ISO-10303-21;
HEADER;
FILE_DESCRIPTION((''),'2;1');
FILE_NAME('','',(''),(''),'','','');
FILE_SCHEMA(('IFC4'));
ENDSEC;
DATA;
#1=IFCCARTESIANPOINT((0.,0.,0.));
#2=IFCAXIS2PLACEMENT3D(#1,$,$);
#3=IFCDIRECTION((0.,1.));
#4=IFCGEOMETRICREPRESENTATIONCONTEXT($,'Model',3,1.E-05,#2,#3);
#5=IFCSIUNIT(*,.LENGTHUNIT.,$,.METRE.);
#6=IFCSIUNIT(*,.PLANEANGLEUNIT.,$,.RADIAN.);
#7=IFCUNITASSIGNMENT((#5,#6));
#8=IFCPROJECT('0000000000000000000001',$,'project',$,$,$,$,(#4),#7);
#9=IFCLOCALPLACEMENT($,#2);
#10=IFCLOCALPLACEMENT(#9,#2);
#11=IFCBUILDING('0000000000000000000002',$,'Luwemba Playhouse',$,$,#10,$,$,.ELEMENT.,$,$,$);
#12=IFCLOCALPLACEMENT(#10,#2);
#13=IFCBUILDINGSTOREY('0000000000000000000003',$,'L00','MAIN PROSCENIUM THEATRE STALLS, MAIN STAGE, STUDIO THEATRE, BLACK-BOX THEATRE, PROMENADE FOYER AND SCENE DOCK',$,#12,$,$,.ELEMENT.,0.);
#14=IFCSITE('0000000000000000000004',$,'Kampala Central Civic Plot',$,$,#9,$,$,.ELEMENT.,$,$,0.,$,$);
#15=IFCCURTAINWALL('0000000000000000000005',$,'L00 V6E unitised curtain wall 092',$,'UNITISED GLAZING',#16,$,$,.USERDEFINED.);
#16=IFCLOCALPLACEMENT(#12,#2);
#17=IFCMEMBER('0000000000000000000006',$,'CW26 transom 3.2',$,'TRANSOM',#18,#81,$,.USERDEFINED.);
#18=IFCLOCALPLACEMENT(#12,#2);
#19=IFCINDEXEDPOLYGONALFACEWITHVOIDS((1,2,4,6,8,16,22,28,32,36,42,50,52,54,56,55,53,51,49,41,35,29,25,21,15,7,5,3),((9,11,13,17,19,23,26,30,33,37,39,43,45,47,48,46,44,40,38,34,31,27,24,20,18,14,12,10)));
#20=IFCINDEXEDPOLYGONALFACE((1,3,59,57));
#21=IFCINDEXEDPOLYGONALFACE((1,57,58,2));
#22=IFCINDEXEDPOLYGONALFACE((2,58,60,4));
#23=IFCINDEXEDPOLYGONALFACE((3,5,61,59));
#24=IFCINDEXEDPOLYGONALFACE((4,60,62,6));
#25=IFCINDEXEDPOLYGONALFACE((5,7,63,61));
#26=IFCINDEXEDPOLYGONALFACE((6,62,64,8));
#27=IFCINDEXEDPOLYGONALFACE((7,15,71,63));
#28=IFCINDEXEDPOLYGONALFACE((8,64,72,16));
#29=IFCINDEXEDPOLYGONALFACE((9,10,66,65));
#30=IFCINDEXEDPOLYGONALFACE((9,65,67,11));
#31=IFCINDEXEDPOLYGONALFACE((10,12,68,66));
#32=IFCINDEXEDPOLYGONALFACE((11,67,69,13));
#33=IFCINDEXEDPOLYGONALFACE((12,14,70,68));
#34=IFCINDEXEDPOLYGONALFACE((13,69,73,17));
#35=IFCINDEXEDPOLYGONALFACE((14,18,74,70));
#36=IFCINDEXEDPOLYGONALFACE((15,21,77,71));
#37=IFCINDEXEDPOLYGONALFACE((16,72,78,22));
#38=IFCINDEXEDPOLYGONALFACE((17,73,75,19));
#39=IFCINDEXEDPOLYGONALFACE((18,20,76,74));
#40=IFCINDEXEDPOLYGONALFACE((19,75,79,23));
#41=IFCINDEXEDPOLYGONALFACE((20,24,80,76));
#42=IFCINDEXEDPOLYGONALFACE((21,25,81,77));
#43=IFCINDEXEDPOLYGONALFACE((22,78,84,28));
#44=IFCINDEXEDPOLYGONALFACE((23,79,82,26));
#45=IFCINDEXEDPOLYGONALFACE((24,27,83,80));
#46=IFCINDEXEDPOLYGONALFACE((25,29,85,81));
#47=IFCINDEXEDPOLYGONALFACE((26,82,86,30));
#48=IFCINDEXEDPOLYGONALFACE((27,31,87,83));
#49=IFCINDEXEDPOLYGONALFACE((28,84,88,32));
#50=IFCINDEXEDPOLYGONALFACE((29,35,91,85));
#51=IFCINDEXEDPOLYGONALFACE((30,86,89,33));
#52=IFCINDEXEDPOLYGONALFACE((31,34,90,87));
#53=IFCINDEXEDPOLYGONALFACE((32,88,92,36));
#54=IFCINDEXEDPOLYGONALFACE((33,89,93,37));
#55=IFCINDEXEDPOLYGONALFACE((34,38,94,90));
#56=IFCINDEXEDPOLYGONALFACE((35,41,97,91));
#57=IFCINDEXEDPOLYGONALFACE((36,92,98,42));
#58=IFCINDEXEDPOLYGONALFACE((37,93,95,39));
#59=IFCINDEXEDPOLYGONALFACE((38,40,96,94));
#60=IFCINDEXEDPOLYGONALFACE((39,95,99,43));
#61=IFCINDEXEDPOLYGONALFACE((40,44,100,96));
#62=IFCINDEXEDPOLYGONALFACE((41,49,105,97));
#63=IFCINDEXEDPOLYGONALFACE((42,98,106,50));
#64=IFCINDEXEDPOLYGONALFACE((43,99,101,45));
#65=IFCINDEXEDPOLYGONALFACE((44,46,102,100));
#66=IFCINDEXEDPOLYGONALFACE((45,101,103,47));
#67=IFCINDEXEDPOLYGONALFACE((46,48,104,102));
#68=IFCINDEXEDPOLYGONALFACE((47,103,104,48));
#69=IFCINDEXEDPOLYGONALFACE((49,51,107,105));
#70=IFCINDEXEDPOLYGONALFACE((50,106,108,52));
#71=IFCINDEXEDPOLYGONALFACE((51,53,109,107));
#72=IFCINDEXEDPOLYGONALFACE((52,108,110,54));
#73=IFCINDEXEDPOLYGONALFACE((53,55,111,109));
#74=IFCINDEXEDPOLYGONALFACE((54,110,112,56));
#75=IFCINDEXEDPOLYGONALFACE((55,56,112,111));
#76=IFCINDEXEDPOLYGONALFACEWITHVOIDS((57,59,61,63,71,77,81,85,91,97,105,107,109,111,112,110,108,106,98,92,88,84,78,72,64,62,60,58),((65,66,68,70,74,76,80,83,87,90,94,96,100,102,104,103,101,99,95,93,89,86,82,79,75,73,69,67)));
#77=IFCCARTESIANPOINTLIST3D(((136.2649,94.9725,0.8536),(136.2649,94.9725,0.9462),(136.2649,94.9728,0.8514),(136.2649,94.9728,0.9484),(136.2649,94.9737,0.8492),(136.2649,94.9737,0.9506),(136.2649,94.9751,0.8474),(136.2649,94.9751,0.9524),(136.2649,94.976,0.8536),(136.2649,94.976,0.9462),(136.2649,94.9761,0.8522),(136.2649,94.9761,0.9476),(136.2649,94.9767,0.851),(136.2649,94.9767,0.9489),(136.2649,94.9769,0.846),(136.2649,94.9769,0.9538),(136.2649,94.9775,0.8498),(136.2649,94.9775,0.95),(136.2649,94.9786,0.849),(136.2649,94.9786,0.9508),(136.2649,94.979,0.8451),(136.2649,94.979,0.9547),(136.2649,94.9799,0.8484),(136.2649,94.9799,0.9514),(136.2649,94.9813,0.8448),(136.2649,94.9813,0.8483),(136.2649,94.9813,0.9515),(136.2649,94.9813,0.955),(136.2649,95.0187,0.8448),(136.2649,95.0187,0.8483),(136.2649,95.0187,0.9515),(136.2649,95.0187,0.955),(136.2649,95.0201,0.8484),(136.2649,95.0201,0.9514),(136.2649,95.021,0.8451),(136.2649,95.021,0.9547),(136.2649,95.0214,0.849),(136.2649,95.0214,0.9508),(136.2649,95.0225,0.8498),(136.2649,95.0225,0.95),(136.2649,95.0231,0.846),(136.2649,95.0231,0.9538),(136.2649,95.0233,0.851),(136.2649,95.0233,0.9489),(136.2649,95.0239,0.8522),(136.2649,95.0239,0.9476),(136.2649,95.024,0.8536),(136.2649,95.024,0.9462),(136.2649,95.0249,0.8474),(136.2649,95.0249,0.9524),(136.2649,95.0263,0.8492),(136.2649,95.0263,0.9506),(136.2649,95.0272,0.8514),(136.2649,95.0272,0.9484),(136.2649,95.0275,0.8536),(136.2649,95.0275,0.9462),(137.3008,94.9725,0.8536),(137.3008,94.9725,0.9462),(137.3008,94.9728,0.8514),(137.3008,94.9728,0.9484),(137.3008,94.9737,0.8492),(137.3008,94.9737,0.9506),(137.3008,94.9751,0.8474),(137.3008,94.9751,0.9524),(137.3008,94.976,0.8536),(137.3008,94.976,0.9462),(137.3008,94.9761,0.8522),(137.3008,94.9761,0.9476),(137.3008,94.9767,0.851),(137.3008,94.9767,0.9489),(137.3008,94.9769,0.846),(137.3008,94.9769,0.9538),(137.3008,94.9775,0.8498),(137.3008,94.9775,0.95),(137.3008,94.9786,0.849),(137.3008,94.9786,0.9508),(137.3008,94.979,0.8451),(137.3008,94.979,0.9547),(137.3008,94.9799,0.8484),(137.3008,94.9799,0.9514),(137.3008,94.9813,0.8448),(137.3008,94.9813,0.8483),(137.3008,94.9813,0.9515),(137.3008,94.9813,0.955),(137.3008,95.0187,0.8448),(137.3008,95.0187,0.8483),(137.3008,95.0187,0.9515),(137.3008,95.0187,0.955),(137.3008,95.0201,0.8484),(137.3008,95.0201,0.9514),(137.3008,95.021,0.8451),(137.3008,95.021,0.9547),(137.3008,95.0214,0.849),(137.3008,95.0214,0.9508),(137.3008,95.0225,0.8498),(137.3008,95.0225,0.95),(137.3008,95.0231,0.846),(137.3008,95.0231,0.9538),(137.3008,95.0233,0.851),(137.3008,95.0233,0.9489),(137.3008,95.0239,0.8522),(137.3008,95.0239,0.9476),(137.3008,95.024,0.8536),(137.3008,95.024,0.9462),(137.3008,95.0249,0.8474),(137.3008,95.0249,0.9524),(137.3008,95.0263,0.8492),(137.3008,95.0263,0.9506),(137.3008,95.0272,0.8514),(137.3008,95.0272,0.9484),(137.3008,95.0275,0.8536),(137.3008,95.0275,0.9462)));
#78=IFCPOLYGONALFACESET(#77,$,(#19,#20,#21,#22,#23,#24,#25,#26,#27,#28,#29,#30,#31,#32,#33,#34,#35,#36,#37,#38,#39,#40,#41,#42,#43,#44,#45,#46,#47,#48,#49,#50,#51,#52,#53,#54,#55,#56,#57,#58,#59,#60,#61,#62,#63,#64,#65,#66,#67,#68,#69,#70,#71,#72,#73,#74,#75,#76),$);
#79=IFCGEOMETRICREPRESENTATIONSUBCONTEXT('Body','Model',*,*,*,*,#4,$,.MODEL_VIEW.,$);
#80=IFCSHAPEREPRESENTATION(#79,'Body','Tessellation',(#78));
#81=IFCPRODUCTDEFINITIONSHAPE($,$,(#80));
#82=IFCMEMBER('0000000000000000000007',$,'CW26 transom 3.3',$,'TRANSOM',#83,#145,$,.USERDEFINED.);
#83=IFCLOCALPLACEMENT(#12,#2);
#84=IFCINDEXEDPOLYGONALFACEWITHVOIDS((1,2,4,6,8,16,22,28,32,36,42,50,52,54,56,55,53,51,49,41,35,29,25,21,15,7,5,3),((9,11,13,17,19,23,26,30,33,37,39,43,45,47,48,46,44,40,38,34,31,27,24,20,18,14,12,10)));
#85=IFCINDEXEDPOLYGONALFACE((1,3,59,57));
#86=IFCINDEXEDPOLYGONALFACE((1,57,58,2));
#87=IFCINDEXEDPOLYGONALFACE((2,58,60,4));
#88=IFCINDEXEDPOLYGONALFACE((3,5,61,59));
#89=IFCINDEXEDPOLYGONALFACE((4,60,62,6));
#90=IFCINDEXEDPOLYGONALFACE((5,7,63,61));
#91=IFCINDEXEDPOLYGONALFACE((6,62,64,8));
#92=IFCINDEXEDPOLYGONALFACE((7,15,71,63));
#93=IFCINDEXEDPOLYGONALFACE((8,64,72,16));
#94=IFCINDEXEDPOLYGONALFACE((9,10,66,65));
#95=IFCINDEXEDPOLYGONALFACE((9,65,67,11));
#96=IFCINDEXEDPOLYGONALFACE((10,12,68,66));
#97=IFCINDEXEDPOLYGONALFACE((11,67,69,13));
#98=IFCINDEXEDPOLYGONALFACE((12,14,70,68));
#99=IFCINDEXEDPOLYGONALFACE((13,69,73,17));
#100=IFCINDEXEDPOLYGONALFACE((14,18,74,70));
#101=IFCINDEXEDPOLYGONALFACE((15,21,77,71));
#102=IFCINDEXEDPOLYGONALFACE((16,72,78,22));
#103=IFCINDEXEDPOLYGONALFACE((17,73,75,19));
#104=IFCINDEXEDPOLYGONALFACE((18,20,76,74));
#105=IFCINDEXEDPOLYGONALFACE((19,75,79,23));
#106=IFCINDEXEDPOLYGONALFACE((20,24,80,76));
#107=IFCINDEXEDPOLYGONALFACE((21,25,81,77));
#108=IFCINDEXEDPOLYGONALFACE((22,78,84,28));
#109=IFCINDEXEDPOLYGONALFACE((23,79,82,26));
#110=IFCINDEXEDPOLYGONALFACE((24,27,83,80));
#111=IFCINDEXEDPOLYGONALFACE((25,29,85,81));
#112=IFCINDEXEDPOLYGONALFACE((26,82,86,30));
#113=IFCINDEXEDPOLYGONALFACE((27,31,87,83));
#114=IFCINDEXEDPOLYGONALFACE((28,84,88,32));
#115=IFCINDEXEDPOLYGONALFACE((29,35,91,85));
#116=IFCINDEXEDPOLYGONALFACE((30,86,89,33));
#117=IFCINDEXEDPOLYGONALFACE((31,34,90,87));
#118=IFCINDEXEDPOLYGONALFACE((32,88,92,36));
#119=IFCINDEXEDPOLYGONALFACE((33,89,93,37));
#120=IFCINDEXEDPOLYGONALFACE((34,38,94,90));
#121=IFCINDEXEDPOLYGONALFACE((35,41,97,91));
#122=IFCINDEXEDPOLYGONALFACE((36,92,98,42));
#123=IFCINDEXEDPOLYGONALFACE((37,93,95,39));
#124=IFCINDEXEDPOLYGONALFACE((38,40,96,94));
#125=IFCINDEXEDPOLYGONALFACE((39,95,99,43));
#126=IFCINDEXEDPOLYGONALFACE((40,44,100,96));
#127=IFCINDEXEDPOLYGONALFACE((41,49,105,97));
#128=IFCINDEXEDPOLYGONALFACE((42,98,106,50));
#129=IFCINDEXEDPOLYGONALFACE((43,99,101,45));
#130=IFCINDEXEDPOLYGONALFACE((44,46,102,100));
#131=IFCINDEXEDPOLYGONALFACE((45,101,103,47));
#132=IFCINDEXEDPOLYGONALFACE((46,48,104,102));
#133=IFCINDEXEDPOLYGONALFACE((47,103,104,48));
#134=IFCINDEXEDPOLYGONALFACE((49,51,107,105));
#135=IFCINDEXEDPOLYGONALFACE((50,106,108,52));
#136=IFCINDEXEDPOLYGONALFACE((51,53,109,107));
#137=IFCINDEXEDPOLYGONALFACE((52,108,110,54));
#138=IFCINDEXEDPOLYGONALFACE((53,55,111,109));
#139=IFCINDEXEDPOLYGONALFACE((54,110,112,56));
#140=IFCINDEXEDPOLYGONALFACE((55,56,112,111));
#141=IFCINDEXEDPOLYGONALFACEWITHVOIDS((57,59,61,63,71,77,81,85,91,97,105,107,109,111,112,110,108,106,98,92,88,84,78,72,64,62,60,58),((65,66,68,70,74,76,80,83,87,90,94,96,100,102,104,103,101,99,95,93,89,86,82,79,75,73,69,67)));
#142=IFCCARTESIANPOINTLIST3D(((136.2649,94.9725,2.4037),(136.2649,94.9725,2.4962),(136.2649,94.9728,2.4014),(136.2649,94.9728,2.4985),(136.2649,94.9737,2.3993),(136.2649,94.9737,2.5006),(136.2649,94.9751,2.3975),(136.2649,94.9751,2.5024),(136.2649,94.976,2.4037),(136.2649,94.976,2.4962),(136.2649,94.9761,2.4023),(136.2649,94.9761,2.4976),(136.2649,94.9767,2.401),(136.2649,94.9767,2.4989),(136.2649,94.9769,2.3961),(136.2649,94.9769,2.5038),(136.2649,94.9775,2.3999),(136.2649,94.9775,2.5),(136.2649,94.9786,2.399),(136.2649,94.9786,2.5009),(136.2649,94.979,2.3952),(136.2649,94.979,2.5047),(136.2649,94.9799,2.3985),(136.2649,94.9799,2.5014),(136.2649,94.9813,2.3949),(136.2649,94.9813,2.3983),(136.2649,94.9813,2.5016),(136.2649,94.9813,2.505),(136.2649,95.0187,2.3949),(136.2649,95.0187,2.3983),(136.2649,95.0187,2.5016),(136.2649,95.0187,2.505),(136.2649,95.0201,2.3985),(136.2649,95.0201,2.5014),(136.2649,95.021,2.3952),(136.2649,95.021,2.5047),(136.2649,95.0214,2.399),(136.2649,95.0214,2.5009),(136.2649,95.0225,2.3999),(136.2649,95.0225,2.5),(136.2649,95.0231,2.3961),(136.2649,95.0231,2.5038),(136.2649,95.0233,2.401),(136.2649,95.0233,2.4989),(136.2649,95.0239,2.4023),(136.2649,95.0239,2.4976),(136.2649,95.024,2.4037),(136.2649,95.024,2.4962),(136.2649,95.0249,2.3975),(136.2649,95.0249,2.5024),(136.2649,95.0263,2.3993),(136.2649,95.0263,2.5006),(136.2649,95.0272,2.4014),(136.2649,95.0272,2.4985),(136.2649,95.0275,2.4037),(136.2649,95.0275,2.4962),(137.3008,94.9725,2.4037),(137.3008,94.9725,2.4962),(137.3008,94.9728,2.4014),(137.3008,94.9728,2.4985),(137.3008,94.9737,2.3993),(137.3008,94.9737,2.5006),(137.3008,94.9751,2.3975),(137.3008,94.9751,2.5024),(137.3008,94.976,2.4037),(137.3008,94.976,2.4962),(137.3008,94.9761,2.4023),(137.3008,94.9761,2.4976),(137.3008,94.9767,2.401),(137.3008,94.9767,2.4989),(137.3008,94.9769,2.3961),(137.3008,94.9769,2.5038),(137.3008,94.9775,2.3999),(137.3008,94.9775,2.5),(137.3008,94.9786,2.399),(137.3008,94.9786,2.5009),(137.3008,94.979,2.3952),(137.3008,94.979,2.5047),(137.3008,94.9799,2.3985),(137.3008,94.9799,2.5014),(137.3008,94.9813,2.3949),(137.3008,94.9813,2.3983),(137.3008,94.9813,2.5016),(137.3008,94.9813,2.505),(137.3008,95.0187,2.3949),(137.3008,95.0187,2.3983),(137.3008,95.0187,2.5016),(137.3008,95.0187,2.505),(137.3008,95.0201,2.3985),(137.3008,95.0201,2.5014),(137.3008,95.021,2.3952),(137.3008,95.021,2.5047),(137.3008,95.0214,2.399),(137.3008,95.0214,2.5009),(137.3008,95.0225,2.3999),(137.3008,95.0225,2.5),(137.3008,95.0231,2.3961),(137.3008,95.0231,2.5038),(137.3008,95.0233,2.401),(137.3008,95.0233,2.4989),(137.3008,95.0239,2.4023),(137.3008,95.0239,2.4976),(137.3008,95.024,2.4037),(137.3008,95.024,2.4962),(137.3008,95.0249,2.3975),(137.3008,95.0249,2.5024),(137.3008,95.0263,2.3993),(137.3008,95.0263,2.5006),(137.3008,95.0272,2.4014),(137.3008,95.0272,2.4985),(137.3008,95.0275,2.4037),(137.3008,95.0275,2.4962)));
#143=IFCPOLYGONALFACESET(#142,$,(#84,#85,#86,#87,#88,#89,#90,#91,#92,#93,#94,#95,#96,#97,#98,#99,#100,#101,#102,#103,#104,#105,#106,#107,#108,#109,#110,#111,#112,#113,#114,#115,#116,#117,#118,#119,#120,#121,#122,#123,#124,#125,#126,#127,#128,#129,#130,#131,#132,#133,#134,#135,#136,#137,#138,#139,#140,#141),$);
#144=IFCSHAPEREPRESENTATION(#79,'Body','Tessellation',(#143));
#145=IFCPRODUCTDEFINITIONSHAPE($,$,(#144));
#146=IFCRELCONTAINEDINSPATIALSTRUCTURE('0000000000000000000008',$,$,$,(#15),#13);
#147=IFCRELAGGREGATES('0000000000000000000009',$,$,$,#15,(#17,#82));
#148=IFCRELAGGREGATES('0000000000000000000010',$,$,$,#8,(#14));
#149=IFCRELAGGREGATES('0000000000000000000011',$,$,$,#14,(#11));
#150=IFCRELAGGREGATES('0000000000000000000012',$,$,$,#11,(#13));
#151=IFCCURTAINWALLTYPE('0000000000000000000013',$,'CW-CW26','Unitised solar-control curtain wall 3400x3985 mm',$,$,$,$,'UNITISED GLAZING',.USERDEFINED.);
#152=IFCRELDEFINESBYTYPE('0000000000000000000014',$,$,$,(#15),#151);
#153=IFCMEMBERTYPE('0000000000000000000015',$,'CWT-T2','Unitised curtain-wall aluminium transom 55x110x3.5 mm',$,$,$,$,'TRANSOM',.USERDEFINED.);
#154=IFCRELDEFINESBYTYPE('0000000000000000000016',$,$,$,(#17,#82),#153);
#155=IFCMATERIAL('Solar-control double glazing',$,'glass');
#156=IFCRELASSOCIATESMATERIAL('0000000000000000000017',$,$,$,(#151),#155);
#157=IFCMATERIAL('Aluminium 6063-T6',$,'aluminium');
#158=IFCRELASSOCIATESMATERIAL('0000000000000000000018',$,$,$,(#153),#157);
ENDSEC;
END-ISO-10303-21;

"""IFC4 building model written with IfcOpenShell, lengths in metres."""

from ifc_helpers import new_model, si_unit, direction, frame, origin, origin_2d, place, context, subcontext, project, spatial, hollow_rectangle, extrude, material, material_profile, profile_set, type_object, element, aggregate, save


model = new_model("IFC4")

# Units and contexts
model_context = context("Model", 3, precision=1e-05, world=origin(), true_north=direction((0.0, 1.0)))
body_context = subcontext(model_context, "Body", "Model", "MODEL_VIEW")
ifc_project = project(units=[si_unit("LENGTHUNIT", "METRE"), si_unit("PLANEANGLEUNIT", "RADIAN")], contexts=[model_context])

# Site, building, storey
site_placement = place(None, origin())
site = spatial("IfcSite", under=ifc_project, at=site_placement, Name="Kampala Central Civic Plot", CompositionType="ELEMENT", RefElevation=0.0)
building_placement = place(site_placement, origin())
building = spatial("IfcBuilding", under=site, at=building_placement, Name="Luwemba Playhouse", CompositionType="ELEMENT")
storey_placement = place(building_placement, origin())
storey = spatial("IfcBuildingStorey", under=building, at=storey_placement, Name="L00", Description="MAIN PROSCENIUM THEATRE STALLS, MAIN STAGE, STUDIO THEATRE, BLACK-BOX THEATRE, PROMENADE FOYER AND SCENE DOCK", CompositionType="ELEMENT", Elevation=0.0)

# Curtain wall
ifc_material_1 = material(Name="Solar-control double glazing", Category="glass")
curtain_wall_type_1 = type_object("IfcCurtainWallType", Name="CW-CW26", Description="Unitised solar-control curtain wall 3400x3985 mm", ElementType="UNITISED GLAZING", PredefinedType="USERDEFINED", material=ifc_material_1)
curtain_wall_1_placement = place(storey_placement, origin())
curtain_wall_1 = element("IfcCurtainWall", 1, at=curtain_wall_1_placement, inside=storey, type_object=curtain_wall_type_1, Name="L00 V6E unitised curtain wall 092", ObjectType="UNITISED GLAZING", PredefinedType="USERDEFINED")
ifc_material_2 = material(Name="Aluminium 6063-T6", Category="aluminium")

# Members
ifc_material_profile_1 = material_profile(ifc_material_2, hollow_rectangle(XDim=0.0549, YDim=0.1101, WallThickness=0.0034, InnerFilletRadius=0.0054, OuterFilletRadius=0.0088, at=origin_2d()))
ifc_profile_set_1 = profile_set([ifc_material_profile_1], Name="Aluminium 6063-T6")
member_type_1 = type_object("IfcMemberType", Name="CWT-T2", Description="Unitised curtain-wall aluminium transom 55x110x3.5 mm", ElementType="TRANSOM", PredefinedType="USERDEFINED", material=ifc_profile_set_1)
member_1_placement = place(storey_placement, frame((137.3008, 95.0, 0.8999), z_axis=(-1.0, 0.0, 0.0), x_axis=(0.0, -1.0, 0.0)))
member_1 = element("IfcMember", 2, at=member_1_placement, type_object=member_type_1, Name="CW26 transom 3.2", ObjectType="TRANSOM", PredefinedType="USERDEFINED", context=body_context, shape_type="SweptSolid", body=[
    extrude(hollow_rectangle(XDim=0.0549, YDim=0.1101, WallThickness=0.0034, InnerFilletRadius=0.0054, OuterFilletRadius=0.0088, at=origin_2d()), origin(), (0.0, 0.0, 1.0), 1.0359),
])
member_2_placement = place(storey_placement, frame((137.3008, 95.0, 2.45), z_axis=(-1.0, 0.0, 0.0), x_axis=(0.0, -1.0, 0.0)))
member_2 = element("IfcMember", 3, at=member_2_placement, type_object=member_type_1, Name="CW26 transom 3.3", ObjectType="TRANSOM", PredefinedType="USERDEFINED", context=body_context, shape_type="SweptSolid", body=[
    extrude(hollow_rectangle(XDim=0.0549, YDim=0.1101, WallThickness=0.0034, InnerFilletRadius=0.0054, OuterFilletRadius=0.0088, at=origin_2d()), origin(), (0.0, 0.0, 1.0), 1.0359),
])

aggregate(curtain_wall_1, [member_1, member_2])

save(model, "model.ifc")
